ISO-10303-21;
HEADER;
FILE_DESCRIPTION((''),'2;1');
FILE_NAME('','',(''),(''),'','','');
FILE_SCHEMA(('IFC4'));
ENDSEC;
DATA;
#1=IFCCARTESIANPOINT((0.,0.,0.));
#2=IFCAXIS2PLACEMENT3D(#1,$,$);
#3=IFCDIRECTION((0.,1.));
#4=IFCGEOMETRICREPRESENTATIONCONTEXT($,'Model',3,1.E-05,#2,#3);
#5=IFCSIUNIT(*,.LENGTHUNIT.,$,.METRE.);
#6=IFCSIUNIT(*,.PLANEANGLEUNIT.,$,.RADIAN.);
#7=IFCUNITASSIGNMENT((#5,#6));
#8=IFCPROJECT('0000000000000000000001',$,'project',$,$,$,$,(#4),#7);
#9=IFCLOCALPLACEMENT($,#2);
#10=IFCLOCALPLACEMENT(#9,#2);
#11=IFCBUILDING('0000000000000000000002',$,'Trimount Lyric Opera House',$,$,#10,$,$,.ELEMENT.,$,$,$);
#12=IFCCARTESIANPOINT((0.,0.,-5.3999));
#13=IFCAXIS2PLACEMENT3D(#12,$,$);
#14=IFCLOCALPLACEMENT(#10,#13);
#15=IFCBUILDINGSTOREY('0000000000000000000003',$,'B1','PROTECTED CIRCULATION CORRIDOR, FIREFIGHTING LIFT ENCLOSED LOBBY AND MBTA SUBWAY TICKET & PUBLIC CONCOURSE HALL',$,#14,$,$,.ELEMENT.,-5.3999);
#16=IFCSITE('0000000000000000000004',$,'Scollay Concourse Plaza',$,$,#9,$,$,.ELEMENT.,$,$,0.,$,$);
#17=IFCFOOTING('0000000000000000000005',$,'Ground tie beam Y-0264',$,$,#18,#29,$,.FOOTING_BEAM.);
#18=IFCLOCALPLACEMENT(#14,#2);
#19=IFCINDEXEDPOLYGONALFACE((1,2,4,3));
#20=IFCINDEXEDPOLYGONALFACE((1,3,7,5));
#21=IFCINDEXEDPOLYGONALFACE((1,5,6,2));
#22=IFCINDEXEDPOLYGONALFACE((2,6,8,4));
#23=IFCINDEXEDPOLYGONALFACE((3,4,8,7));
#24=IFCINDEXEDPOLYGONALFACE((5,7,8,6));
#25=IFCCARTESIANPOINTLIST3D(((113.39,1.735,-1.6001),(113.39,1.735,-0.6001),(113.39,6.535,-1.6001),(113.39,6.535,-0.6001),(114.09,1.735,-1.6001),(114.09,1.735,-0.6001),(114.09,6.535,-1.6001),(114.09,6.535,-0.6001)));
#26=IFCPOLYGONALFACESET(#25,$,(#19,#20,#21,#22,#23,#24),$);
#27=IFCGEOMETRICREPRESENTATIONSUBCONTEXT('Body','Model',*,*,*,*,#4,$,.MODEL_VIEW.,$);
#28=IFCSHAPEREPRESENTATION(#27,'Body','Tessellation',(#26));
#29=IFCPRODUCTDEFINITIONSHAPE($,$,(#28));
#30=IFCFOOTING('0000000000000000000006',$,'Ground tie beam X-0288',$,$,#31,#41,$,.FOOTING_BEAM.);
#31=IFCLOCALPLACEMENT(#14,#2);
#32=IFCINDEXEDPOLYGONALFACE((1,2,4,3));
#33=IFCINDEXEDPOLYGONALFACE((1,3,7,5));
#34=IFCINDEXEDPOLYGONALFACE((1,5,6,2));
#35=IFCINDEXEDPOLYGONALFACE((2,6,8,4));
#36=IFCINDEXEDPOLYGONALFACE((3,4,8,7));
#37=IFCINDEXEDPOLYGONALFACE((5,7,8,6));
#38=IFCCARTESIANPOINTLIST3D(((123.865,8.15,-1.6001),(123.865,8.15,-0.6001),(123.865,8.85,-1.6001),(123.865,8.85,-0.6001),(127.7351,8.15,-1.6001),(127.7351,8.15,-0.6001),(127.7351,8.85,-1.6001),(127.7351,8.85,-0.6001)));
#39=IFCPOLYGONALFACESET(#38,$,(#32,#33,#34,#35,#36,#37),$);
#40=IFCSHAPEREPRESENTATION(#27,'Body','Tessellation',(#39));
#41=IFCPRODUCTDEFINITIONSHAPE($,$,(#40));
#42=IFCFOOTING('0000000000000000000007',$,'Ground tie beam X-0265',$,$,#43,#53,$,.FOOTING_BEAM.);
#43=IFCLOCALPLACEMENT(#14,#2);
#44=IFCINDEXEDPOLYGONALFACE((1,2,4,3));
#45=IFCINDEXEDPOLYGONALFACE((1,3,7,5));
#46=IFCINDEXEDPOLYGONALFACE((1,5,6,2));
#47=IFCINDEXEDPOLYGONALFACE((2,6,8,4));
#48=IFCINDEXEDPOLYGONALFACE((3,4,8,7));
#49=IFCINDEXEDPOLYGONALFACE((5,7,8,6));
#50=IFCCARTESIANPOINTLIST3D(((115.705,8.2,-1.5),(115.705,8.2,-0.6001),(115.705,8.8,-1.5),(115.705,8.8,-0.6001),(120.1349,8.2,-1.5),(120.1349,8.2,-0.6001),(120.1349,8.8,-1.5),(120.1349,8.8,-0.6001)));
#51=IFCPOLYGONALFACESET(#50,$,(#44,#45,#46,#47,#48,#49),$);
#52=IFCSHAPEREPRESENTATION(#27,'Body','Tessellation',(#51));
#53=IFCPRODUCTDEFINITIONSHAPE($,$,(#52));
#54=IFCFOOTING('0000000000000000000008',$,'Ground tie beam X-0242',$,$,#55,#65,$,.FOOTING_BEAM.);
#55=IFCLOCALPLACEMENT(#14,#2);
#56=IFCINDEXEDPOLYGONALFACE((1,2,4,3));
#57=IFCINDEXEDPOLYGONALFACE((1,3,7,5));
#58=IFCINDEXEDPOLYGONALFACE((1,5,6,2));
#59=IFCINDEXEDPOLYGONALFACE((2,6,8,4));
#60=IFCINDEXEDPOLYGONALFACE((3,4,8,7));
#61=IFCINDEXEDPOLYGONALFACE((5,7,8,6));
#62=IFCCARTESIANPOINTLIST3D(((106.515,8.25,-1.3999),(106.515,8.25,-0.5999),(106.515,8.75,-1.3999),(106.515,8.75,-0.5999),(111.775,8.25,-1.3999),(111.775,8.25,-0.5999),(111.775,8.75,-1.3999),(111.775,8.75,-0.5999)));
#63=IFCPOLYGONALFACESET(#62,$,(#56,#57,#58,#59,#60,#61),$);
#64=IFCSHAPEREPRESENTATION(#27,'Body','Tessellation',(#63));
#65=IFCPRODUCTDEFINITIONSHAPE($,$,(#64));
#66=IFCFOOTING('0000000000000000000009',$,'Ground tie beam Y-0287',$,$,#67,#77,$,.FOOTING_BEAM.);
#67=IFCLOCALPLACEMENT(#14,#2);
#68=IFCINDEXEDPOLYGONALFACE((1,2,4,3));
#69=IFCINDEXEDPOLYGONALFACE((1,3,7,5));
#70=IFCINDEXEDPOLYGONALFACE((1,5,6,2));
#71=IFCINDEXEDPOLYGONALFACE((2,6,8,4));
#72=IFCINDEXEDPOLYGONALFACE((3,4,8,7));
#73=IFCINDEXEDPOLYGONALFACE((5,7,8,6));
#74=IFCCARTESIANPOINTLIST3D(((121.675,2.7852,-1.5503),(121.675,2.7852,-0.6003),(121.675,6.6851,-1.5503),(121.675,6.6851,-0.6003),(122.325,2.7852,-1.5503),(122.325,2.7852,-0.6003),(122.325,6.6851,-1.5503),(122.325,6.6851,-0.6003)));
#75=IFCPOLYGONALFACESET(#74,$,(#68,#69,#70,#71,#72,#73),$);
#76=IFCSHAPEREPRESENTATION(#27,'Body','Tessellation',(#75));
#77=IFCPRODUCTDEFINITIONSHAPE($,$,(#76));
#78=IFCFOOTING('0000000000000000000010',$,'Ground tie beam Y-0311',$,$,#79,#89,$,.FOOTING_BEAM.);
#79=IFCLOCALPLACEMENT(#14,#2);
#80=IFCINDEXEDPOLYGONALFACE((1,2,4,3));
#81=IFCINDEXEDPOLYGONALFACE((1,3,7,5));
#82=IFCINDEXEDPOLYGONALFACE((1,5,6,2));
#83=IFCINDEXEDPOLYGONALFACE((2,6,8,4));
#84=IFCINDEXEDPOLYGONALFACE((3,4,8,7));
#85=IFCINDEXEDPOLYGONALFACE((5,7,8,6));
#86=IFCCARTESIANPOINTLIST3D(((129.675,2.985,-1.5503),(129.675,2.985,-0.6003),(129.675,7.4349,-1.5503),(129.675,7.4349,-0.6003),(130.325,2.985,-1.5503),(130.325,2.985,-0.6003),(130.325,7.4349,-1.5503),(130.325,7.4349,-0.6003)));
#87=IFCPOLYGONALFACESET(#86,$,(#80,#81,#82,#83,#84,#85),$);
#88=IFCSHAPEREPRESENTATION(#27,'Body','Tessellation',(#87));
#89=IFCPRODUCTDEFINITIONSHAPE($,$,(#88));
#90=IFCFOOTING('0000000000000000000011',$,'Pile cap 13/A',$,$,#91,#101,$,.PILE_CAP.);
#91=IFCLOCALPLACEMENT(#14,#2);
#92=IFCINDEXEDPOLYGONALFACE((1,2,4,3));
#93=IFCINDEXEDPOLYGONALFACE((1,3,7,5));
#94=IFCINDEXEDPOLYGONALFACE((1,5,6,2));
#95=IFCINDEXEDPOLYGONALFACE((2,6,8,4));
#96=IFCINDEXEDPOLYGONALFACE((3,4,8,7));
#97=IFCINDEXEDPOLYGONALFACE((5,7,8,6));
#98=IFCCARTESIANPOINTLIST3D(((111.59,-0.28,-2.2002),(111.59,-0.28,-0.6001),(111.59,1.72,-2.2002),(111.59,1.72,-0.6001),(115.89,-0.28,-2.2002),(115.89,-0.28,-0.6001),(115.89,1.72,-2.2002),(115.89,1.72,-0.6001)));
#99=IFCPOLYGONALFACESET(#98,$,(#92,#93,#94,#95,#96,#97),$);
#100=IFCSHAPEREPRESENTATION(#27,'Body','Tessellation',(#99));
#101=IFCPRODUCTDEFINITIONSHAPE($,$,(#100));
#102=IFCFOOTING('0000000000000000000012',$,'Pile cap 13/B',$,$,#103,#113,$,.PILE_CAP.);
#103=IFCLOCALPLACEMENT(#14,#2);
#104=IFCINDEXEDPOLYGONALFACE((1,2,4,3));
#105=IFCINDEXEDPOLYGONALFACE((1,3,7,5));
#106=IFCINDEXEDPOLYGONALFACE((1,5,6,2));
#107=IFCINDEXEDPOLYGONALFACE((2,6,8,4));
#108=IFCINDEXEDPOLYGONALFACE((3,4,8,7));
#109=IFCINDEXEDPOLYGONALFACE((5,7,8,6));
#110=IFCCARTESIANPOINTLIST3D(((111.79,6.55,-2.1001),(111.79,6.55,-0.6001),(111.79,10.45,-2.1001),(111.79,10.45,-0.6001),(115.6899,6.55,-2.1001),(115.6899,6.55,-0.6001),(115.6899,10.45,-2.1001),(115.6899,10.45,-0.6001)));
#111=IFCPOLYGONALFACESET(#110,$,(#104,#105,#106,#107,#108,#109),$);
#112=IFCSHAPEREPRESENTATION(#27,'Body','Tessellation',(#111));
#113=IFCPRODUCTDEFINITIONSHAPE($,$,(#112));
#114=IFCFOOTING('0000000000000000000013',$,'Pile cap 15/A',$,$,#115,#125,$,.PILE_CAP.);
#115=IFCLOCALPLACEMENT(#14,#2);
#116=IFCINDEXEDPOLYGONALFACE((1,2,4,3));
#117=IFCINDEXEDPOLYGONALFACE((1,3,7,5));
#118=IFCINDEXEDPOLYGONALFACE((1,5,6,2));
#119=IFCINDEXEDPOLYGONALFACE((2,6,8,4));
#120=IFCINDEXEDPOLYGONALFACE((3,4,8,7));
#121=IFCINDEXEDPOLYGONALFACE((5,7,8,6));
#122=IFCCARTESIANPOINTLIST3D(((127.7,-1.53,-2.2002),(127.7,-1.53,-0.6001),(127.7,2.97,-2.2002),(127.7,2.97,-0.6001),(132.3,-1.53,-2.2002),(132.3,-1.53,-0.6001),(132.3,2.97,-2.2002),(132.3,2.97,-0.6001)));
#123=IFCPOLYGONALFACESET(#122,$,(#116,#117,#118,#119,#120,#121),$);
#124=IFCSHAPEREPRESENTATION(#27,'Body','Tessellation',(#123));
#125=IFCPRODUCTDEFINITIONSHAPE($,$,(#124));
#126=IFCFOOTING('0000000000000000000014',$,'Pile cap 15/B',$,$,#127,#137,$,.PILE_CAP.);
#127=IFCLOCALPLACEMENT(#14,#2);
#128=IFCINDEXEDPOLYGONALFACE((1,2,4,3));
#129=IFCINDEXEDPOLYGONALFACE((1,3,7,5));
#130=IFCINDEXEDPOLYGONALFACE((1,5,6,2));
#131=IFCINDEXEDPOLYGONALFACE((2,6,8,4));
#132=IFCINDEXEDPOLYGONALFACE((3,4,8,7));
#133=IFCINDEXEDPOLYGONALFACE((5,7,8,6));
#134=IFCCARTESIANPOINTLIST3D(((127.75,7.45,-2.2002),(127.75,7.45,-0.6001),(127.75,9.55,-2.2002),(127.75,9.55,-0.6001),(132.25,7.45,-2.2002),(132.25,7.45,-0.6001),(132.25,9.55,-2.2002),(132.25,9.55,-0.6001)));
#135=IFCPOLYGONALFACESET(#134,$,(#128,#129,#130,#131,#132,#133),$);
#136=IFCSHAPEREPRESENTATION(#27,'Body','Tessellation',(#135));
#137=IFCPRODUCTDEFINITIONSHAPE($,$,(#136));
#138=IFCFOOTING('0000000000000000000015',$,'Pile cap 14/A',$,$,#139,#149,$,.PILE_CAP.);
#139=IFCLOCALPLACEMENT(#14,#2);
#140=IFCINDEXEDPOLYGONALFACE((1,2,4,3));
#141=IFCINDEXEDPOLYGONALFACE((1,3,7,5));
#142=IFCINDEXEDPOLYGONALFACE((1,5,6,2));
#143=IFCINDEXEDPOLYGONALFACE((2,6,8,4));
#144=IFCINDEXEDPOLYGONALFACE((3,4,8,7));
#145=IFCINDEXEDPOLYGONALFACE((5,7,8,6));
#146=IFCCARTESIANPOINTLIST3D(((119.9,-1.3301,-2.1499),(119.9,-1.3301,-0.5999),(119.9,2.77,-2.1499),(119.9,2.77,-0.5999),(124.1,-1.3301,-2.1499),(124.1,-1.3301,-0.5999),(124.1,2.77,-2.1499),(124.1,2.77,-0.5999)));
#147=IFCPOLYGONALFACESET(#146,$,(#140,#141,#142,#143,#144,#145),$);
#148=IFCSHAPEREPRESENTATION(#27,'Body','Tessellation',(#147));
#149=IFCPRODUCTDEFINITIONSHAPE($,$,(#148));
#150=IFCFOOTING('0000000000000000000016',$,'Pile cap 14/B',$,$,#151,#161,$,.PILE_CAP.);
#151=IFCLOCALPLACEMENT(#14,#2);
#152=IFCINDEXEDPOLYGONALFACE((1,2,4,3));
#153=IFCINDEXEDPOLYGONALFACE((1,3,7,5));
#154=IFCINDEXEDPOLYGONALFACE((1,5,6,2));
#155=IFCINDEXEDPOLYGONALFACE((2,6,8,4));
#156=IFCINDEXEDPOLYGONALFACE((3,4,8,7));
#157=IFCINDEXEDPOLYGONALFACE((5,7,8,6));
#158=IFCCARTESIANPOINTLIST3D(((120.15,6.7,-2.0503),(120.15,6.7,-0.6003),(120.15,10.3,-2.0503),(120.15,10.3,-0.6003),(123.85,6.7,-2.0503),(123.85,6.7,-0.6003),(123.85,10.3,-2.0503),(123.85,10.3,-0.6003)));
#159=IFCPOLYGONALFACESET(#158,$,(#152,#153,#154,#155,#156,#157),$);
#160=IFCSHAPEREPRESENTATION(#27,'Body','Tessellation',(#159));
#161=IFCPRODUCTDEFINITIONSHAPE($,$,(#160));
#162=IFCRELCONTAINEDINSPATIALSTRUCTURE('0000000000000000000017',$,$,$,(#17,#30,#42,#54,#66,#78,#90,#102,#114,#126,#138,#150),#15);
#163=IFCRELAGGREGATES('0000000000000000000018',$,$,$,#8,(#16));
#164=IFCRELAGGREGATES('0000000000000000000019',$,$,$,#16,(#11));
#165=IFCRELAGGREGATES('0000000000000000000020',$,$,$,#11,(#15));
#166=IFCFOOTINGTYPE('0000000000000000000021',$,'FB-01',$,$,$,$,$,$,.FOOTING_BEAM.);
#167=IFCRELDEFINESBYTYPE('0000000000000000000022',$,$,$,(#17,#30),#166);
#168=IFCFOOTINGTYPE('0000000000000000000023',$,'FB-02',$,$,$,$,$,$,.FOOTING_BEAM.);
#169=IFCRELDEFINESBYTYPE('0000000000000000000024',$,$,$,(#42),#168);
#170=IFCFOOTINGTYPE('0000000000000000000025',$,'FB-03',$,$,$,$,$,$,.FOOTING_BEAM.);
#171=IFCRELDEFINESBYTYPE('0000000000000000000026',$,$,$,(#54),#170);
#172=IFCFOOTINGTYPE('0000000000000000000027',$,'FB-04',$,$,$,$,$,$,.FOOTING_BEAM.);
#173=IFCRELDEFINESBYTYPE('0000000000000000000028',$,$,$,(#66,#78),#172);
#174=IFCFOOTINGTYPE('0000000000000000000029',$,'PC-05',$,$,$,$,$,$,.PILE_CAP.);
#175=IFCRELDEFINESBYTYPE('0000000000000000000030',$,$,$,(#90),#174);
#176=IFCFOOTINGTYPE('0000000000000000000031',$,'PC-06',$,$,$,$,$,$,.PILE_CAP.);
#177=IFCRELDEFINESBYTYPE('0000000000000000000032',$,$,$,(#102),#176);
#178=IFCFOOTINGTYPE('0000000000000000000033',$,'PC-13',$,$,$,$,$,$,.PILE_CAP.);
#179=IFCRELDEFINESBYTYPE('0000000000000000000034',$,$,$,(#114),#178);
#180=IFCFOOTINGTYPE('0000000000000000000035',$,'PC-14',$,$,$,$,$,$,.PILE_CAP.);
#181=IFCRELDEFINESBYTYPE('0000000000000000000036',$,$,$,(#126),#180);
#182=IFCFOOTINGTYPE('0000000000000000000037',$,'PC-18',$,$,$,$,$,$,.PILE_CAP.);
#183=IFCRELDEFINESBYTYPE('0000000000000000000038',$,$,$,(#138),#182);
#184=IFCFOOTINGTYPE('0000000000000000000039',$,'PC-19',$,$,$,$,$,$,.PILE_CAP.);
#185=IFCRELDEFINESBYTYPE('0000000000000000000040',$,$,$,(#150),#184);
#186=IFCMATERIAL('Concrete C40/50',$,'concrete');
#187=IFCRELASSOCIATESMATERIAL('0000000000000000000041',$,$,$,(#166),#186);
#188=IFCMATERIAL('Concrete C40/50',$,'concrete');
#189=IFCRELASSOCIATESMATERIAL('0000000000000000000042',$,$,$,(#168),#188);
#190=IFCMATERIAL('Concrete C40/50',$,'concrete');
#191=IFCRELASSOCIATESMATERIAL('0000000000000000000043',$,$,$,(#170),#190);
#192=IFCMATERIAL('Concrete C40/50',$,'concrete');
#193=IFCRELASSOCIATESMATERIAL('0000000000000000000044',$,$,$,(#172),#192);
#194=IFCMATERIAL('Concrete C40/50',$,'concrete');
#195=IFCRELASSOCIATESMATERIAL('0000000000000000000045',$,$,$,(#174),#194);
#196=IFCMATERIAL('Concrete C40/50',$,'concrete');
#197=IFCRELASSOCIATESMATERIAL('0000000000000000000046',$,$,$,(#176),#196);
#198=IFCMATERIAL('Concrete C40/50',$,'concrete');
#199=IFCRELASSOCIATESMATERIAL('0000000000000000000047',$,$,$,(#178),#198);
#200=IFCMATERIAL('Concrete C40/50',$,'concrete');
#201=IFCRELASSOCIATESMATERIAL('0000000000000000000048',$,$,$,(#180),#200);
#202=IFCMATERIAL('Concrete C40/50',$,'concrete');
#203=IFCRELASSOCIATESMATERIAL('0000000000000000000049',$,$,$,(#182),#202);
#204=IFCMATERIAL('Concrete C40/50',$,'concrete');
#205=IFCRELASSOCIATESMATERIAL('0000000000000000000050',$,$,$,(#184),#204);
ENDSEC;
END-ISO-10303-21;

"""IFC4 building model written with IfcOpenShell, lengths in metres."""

from ifc_helpers import new_model, si_unit, direction, frame, origin, origin_2d, place, context, subcontext, project, spatial, rectangle, extrude, material, type_object, element, save


model = new_model("IFC4")

# Units and contexts
model_context = context("Model", 3, precision=1e-05, world=origin(), true_north=direction((0.0, 1.0)))
body_context = subcontext(model_context, "Body", "Model", "MODEL_VIEW")
ifc_project = project(units=[si_unit("LENGTHUNIT", "METRE"), si_unit("PLANEANGLEUNIT", "RADIAN")], contexts=[model_context])

# Site, building, storey
site_placement = place(None, origin())
site = spatial("IfcSite", under=ifc_project, at=site_placement, Name="Scollay Concourse Plaza", CompositionType="ELEMENT", RefElevation=0.0)
building_placement = place(site_placement, origin())
building = spatial("IfcBuilding", under=site, at=building_placement, Name="Trimount Lyric Opera House", CompositionType="ELEMENT")
storey_placement = place(building_placement, frame((0.0, 0.0, -5.3999)))
storey = spatial("IfcBuildingStorey", under=building, at=storey_placement, Name="B1", Description="PROTECTED CIRCULATION CORRIDOR, FIREFIGHTING LIFT ENCLOSED LOBBY AND MBTA SUBWAY TICKET & PUBLIC CONCOURSE HALL", CompositionType="ELEMENT", Elevation=-5.3999)

# Footings
ifc_material_1 = material(Name="Concrete C40/50", Category="concrete")
footing_type_1 = type_object("IfcFootingType", Name="FB-01", PredefinedType="FOOTING_BEAM", material=ifc_material_1)
footing_1_placement = place(storey_placement, frame((113.74, 4.135, -1.6001), z_axis=(0.0, 0.0, 1.0), x_axis=(1.0, 0.0, 0.0)))
element("IfcFooting", 1, at=footing_1_placement, inside=storey, type_object=footing_type_1, Name="Ground tie beam Y-0264", PredefinedType="FOOTING_BEAM", context=body_context, shape_type="SweptSolid", body=[
    extrude(rectangle(XDim=0.7, YDim=4.8, at=origin_2d()), origin(), (0.0, 0.0, 1.0), 1.0),
])
footing_2_placement = place(storey_placement, frame((125.8, 8.5, -1.6001), z_axis=(0.0, 0.0, 1.0), x_axis=(1.0, 0.0, 0.0)))
element("IfcFooting", 2, at=footing_2_placement, inside=storey, type_object=footing_type_1, Name="Ground tie beam X-0288", PredefinedType="FOOTING_BEAM", context=body_context, shape_type="SweptSolid", body=[
    extrude(rectangle(XDim=3.8701, YDim=0.7, at=origin_2d()), origin(), (0.0, 0.0, 1.0), 1.0),
])
ifc_material_2 = material(Name="Concrete C40/50", Category="concrete")
footing_type_2 = type_object("IfcFootingType", Name="FB-02", PredefinedType="FOOTING_BEAM", material=ifc_material_2)
footing_3_placement = place(storey_placement, frame((117.9199, 8.5, -1.5), z_axis=(0.0, 0.0, 1.0), x_axis=(1.0, 0.0, 0.0)))
element("IfcFooting", 3, at=footing_3_placement, inside=storey, type_object=footing_type_2, Name="Ground tie beam X-0265", PredefinedType="FOOTING_BEAM", context=body_context, shape_type="SweptSolid", body=[
    extrude(rectangle(XDim=4.4299, YDim=0.6001, at=origin_2d()), origin(), (0.0, 0.0, 1.0), 0.8999),
])
ifc_material_3 = material(Name="Concrete C40/50", Category="concrete")
footing_type_3 = type_object("IfcFootingType", Name="FB-03", PredefinedType="FOOTING_BEAM", material=ifc_material_3)
footing_4_placement = place(storey_placement, frame((109.145, 8.5, -1.3999), z_axis=(0.0, 0.0, 1.0), x_axis=(1.0, 0.0, 0.0)))
element("IfcFooting", 4, at=footing_4_placement, inside=storey, type_object=footing_type_3, Name="Ground tie beam X-0242", PredefinedType="FOOTING_BEAM", context=body_context, shape_type="SweptSolid", body=[
    extrude(rectangle(XDim=5.26, YDim=0.5, at=origin_2d()), origin(), (0.0, 0.0, 1.0), 0.8),
])
ifc_material_4 = material(Name="Concrete C40/50", Category="concrete")
footing_type_4 = type_object("IfcFootingType", Name="FB-04", PredefinedType="FOOTING_BEAM", material=ifc_material_4)
footing_5_placement = place(storey_placement, frame((122.0, 4.7351, -1.5503), z_axis=(0.0, 0.0, 1.0), x_axis=(1.0, 0.0, 0.0)))
element("IfcFooting", 5, at=footing_5_placement, inside=storey, type_object=footing_type_4, Name="Ground tie beam Y-0287", PredefinedType="FOOTING_BEAM", context=body_context, shape_type="SweptSolid", body=[
    extrude(rectangle(XDim=0.6499, YDim=3.8999, at=origin_2d()), origin(), (0.0, 0.0, 1.0), 0.95),
])
footing_6_placement = place(storey_placement, frame((130.0, 5.21, -1.5503), z_axis=(0.0, 0.0, 1.0), x_axis=(1.0, 0.0, 0.0)))
element("IfcFooting", 6, at=footing_6_placement, inside=storey, type_object=footing_type_4, Name="Ground tie beam Y-0311", PredefinedType="FOOTING_BEAM", context=body_context, shape_type="SweptSolid", body=[
    extrude(rectangle(XDim=0.6499, YDim=4.45, at=origin_2d()), origin(), (0.0, 0.0, 1.0), 0.95),
])
ifc_material_5 = material(Name="Concrete C40/50", Category="concrete")
footing_type_5 = type_object("IfcFootingType", Name="PC-05", PredefinedType="PILE_CAP", material=ifc_material_5)
footing_7_placement = place(storey_placement, frame((113.74, 0.72, -2.2002), z_axis=(0.0, 0.0, 1.0), x_axis=(1.0, 0.0, 0.0)))
element("IfcFooting", 7, at=footing_7_placement, inside=storey, type_object=footing_type_5, Name="Pile cap 13/A", PredefinedType="PILE_CAP", context=body_context, shape_type="SweptSolid", body=[
    extrude(rectangle(XDim=4.3, YDim=2.0, at=origin_2d()), origin(), (0.0, 0.0, 1.0), 1.6001),
])
ifc_material_6 = material(Name="Concrete C40/50", Category="concrete")
footing_type_6 = type_object("IfcFootingType", Name="PC-06", PredefinedType="PILE_CAP", material=ifc_material_6)
footing_8_placement = place(storey_placement, frame((113.74, 8.5, -2.1001), z_axis=(0.0, 0.0, 1.0), x_axis=(1.0, 0.0, 0.0)))
element("IfcFooting", 8, at=footing_8_placement, inside=storey, type_object=footing_type_6, Name="Pile cap 13/B", PredefinedType="PILE_CAP", context=body_context, shape_type="SweptSolid", body=[
    extrude(rectangle(XDim=3.8999, YDim=3.8999, at=origin_2d()), origin(), (0.0, 0.0, 1.0), 1.5),
])
ifc_material_7 = material(Name="Concrete C40/50", Category="concrete")
footing_type_7 = type_object("IfcFootingType", Name="PC-13", PredefinedType="PILE_CAP", material=ifc_material_7)
footing_9_placement = place(storey_placement, frame((130.0, 0.72, -2.2002), z_axis=(0.0, 0.0, 1.0), x_axis=(1.0, 0.0, 0.0)))
element("IfcFooting", 9, at=footing_9_placement, inside=storey, type_object=footing_type_7, Name="Pile cap 15/A", PredefinedType="PILE_CAP", context=body_context, shape_type="SweptSolid", body=[
    extrude(rectangle(XDim=4.6001, YDim=4.5, at=origin_2d()), origin(), (0.0, 0.0, 1.0), 1.6001),
])
ifc_material_8 = material(Name="Concrete C40/50", Category="concrete")
footing_type_8 = type_object("IfcFootingType", Name="PC-14", PredefinedType="PILE_CAP", material=ifc_material_8)
footing_10_placement = place(storey_placement, frame((130.0, 8.5, -2.2002), z_axis=(0.0, 0.0, 1.0), x_axis=(1.0, 0.0, 0.0)))
element("IfcFooting", 10, at=footing_10_placement, inside=storey, type_object=footing_type_8, Name="Pile cap 15/B", PredefinedType="PILE_CAP", context=body_context, shape_type="SweptSolid", body=[
    extrude(rectangle(XDim=4.5, YDim=2.1001, at=origin_2d()), origin(), (0.0, 0.0, 1.0), 1.6001),
])
ifc_material_9 = material(Name="Concrete C40/50", Category="concrete")
footing_type_9 = type_object("IfcFootingType", Name="PC-18", PredefinedType="PILE_CAP", material=ifc_material_9)
footing_11_placement = place(storey_placement, frame((122.0, 0.72, -2.1499), z_axis=(0.0, 0.0, 1.0), x_axis=(1.0, 0.0, 0.0)))
element("IfcFooting", 11, at=footing_11_placement, inside=storey, type_object=footing_type_9, Name="Pile cap 14/A", PredefinedType="PILE_CAP", context=body_context, shape_type="SweptSolid", body=[
    extrude(rectangle(XDim=4.2, YDim=4.1001, at=origin_2d()), origin(), (0.0, 0.0, 1.0), 1.55),
])
ifc_material_10 = material(Name="Concrete C40/50", Category="concrete")
footing_type_10 = type_object("IfcFootingType", Name="PC-19", PredefinedType="PILE_CAP", material=ifc_material_10)
footing_12_placement = place(storey_placement, frame((122.0, 8.5, -2.0503), z_axis=(0.0, 0.0, 1.0), x_axis=(1.0, 0.0, 0.0)))
element("IfcFooting", 12, at=footing_12_placement, inside=storey, type_object=footing_type_10, Name="Pile cap 14/B", PredefinedType="PILE_CAP", context=body_context, shape_type="SweptSolid", body=[
    extrude(rectangle(XDim=3.7, YDim=3.6001, at=origin_2d()), origin(), (0.0, 0.0, 1.0), 1.45),
])

save(model, "model.ifc")
